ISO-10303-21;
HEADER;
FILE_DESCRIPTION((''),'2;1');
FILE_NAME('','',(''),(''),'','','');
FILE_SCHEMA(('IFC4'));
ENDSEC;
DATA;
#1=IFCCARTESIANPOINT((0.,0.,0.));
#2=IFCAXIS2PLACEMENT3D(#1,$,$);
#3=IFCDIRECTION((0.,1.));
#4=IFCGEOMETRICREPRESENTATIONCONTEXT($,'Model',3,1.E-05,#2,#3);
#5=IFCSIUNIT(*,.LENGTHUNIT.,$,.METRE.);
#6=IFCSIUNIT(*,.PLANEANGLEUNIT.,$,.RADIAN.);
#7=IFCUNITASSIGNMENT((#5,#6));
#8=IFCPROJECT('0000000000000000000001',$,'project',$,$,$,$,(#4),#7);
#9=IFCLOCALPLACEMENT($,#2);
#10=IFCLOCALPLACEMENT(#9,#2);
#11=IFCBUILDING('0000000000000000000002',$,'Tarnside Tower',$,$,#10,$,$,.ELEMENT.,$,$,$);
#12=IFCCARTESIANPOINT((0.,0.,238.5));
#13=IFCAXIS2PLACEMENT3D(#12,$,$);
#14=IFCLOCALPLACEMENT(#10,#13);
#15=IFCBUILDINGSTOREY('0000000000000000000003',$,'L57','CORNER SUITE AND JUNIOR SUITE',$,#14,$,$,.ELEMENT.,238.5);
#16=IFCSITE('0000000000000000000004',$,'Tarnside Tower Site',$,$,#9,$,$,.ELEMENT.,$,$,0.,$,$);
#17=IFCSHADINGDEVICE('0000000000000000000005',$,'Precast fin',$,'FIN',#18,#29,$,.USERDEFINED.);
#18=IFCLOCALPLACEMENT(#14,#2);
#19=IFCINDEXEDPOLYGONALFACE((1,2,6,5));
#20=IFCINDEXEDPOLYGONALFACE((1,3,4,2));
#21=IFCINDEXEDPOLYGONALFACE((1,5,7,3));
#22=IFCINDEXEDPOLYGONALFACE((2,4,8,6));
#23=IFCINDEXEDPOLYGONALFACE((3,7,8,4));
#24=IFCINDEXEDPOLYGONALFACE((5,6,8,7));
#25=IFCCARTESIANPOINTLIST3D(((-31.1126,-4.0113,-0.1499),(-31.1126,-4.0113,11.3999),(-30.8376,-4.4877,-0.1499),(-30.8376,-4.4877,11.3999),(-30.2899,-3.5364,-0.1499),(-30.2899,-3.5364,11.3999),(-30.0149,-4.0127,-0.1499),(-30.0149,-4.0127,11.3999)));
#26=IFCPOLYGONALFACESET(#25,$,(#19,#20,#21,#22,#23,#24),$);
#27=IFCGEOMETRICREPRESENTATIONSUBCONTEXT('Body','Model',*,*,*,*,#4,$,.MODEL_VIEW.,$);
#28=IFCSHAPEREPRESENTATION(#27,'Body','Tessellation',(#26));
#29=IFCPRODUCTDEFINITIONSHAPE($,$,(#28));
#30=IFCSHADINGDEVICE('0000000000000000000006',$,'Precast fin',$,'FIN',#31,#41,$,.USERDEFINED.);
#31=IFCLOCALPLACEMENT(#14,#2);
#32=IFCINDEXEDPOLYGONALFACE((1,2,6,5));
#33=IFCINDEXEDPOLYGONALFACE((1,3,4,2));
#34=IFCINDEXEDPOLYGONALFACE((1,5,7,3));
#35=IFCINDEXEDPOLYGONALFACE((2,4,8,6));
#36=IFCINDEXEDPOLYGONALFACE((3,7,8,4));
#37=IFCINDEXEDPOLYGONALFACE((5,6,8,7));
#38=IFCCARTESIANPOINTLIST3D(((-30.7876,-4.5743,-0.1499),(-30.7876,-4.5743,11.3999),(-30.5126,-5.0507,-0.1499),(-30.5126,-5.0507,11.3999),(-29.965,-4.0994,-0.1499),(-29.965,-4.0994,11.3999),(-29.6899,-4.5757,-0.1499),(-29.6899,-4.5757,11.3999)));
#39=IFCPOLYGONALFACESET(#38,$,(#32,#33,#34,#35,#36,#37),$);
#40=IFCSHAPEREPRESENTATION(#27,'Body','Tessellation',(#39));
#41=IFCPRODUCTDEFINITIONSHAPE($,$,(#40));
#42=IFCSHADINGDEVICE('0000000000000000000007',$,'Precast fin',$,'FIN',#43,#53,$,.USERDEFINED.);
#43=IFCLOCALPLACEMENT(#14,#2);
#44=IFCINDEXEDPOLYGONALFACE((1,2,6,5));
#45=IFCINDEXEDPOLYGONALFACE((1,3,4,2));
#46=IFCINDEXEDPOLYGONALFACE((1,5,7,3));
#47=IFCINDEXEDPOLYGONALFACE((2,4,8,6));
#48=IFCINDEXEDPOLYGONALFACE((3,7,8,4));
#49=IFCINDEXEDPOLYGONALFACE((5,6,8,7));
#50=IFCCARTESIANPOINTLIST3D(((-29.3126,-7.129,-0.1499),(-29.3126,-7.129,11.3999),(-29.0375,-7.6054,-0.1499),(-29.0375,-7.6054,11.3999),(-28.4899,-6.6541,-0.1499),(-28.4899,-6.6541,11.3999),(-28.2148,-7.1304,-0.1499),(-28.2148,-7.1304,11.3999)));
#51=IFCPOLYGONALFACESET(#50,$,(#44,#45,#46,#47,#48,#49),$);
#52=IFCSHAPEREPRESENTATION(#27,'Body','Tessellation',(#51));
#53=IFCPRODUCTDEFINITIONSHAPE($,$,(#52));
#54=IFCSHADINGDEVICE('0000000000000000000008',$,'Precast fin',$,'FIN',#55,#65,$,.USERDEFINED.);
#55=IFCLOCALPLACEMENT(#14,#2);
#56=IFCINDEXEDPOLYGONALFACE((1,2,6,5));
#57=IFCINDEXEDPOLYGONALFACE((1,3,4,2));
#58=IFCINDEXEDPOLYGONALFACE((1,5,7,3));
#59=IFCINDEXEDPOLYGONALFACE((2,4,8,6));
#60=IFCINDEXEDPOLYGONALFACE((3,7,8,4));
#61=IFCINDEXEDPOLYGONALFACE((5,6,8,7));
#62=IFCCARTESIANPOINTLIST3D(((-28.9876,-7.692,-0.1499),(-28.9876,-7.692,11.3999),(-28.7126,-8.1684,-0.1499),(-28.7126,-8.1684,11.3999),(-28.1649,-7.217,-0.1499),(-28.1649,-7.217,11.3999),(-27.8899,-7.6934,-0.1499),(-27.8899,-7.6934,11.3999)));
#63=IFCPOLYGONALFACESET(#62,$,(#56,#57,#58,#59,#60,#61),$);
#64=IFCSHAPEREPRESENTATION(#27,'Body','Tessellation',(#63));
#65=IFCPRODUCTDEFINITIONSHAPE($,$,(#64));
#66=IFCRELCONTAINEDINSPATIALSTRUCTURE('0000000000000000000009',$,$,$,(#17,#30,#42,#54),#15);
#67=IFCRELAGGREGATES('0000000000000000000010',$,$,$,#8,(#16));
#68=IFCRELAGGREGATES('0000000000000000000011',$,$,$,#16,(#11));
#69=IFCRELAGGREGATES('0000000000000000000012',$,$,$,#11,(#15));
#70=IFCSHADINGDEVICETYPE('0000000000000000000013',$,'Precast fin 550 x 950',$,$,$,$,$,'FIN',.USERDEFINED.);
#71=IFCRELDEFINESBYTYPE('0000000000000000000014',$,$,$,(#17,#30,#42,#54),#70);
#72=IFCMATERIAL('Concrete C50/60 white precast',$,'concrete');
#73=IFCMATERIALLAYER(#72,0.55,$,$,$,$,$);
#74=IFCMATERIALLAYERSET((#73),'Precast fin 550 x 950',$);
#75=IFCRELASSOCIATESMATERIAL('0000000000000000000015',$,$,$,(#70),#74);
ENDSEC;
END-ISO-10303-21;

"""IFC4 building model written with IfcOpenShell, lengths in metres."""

from ifc_helpers import new_model, si_unit, direction, frame, origin, place, context, subcontext, project, spatial, polyline, outline, extrude, material, layer, layer_set, type_object, element, save


model = new_model("IFC4")

# Units and contexts
model_context = context("Model", 3, precision=1e-05, world=origin(), true_north=direction((0.0, 1.0)))
body_context = subcontext(model_context, "Body", "Model", "MODEL_VIEW")
ifc_project = project(units=[si_unit("LENGTHUNIT", "METRE"), si_unit("PLANEANGLEUNIT", "RADIAN")], contexts=[model_context])

# Site, building, storey
site_placement = place(None, origin())
site = spatial("IfcSite", under=ifc_project, at=site_placement, Name="Tarnside Tower Site", CompositionType="ELEMENT", RefElevation=0.0)
building_placement = place(site_placement, origin())
building = spatial("IfcBuilding", under=site, at=building_placement, Name="Tarnside Tower", CompositionType="ELEMENT")
storey_placement = place(building_placement, frame((0.0, 0.0, 238.5)))
storey = spatial("IfcBuildingStorey", under=building, at=storey_placement, Name="L57", Description="CORNER SUITE AND JUNIOR SUITE", CompositionType="ELEMENT", Elevation=238.5)

# Shading devices
ifc_material_1 = material(Name="Concrete C50/60 white precast", Category="concrete")
ifc_layer_1 = layer(ifc_material_1, 0.55)
ifc_layer_set_1 = layer_set([ifc_layer_1], Name="Precast fin 550 x 950")
shading_device_type_1 = type_object("IfcShadingDeviceType", Name="Precast fin 550 x 950", ElementType="FIN", PredefinedType="USERDEFINED", material=ifc_layer_set_1)
for number, where, z_axis, x_axis, name in (
    (1, (-30.1523, -3.7747, -0.1499), (-0.5, 0.866025, 0.0), (-0.866025, -0.5, 0.0), "Precast fin"),
    (2, (-29.8274, -4.3376, -0.1499), (-0.5, 0.866025, 0.0), (-0.866025, -0.5, 0.0), "Precast fin"),
    (3, (-28.3523, -6.8923, -0.1499), (-0.5, 0.866025, 0.0), (-0.866025, -0.5, 0.0), "Precast fin"),
    (4, (-28.0273, -7.4553, -0.1499), (-0.5, 0.866025, 0.0), (-0.866025, -0.5, 0.0), "Precast fin"),
):
    element("IfcShadingDevice", number, at=place(storey_placement, frame(where, z_axis=z_axis, x_axis=x_axis)), inside=storey, type_object=shading_device_type_1, Name=name, ObjectType="FIN", PredefinedType="USERDEFINED", context=body_context, shape_type="SweptSolid", body=[
        extrude(outline(polyline([(0.0, 0.0), (0.95, 0.0), (0.95, 11.5498), (0.0, 11.5498), (0.0, 0.0)])), frame((0.0, 0.0, -0.2749)), (0.0, 0.0, 1.0), 0.55),
    ])

save(model, "model.ifc")
